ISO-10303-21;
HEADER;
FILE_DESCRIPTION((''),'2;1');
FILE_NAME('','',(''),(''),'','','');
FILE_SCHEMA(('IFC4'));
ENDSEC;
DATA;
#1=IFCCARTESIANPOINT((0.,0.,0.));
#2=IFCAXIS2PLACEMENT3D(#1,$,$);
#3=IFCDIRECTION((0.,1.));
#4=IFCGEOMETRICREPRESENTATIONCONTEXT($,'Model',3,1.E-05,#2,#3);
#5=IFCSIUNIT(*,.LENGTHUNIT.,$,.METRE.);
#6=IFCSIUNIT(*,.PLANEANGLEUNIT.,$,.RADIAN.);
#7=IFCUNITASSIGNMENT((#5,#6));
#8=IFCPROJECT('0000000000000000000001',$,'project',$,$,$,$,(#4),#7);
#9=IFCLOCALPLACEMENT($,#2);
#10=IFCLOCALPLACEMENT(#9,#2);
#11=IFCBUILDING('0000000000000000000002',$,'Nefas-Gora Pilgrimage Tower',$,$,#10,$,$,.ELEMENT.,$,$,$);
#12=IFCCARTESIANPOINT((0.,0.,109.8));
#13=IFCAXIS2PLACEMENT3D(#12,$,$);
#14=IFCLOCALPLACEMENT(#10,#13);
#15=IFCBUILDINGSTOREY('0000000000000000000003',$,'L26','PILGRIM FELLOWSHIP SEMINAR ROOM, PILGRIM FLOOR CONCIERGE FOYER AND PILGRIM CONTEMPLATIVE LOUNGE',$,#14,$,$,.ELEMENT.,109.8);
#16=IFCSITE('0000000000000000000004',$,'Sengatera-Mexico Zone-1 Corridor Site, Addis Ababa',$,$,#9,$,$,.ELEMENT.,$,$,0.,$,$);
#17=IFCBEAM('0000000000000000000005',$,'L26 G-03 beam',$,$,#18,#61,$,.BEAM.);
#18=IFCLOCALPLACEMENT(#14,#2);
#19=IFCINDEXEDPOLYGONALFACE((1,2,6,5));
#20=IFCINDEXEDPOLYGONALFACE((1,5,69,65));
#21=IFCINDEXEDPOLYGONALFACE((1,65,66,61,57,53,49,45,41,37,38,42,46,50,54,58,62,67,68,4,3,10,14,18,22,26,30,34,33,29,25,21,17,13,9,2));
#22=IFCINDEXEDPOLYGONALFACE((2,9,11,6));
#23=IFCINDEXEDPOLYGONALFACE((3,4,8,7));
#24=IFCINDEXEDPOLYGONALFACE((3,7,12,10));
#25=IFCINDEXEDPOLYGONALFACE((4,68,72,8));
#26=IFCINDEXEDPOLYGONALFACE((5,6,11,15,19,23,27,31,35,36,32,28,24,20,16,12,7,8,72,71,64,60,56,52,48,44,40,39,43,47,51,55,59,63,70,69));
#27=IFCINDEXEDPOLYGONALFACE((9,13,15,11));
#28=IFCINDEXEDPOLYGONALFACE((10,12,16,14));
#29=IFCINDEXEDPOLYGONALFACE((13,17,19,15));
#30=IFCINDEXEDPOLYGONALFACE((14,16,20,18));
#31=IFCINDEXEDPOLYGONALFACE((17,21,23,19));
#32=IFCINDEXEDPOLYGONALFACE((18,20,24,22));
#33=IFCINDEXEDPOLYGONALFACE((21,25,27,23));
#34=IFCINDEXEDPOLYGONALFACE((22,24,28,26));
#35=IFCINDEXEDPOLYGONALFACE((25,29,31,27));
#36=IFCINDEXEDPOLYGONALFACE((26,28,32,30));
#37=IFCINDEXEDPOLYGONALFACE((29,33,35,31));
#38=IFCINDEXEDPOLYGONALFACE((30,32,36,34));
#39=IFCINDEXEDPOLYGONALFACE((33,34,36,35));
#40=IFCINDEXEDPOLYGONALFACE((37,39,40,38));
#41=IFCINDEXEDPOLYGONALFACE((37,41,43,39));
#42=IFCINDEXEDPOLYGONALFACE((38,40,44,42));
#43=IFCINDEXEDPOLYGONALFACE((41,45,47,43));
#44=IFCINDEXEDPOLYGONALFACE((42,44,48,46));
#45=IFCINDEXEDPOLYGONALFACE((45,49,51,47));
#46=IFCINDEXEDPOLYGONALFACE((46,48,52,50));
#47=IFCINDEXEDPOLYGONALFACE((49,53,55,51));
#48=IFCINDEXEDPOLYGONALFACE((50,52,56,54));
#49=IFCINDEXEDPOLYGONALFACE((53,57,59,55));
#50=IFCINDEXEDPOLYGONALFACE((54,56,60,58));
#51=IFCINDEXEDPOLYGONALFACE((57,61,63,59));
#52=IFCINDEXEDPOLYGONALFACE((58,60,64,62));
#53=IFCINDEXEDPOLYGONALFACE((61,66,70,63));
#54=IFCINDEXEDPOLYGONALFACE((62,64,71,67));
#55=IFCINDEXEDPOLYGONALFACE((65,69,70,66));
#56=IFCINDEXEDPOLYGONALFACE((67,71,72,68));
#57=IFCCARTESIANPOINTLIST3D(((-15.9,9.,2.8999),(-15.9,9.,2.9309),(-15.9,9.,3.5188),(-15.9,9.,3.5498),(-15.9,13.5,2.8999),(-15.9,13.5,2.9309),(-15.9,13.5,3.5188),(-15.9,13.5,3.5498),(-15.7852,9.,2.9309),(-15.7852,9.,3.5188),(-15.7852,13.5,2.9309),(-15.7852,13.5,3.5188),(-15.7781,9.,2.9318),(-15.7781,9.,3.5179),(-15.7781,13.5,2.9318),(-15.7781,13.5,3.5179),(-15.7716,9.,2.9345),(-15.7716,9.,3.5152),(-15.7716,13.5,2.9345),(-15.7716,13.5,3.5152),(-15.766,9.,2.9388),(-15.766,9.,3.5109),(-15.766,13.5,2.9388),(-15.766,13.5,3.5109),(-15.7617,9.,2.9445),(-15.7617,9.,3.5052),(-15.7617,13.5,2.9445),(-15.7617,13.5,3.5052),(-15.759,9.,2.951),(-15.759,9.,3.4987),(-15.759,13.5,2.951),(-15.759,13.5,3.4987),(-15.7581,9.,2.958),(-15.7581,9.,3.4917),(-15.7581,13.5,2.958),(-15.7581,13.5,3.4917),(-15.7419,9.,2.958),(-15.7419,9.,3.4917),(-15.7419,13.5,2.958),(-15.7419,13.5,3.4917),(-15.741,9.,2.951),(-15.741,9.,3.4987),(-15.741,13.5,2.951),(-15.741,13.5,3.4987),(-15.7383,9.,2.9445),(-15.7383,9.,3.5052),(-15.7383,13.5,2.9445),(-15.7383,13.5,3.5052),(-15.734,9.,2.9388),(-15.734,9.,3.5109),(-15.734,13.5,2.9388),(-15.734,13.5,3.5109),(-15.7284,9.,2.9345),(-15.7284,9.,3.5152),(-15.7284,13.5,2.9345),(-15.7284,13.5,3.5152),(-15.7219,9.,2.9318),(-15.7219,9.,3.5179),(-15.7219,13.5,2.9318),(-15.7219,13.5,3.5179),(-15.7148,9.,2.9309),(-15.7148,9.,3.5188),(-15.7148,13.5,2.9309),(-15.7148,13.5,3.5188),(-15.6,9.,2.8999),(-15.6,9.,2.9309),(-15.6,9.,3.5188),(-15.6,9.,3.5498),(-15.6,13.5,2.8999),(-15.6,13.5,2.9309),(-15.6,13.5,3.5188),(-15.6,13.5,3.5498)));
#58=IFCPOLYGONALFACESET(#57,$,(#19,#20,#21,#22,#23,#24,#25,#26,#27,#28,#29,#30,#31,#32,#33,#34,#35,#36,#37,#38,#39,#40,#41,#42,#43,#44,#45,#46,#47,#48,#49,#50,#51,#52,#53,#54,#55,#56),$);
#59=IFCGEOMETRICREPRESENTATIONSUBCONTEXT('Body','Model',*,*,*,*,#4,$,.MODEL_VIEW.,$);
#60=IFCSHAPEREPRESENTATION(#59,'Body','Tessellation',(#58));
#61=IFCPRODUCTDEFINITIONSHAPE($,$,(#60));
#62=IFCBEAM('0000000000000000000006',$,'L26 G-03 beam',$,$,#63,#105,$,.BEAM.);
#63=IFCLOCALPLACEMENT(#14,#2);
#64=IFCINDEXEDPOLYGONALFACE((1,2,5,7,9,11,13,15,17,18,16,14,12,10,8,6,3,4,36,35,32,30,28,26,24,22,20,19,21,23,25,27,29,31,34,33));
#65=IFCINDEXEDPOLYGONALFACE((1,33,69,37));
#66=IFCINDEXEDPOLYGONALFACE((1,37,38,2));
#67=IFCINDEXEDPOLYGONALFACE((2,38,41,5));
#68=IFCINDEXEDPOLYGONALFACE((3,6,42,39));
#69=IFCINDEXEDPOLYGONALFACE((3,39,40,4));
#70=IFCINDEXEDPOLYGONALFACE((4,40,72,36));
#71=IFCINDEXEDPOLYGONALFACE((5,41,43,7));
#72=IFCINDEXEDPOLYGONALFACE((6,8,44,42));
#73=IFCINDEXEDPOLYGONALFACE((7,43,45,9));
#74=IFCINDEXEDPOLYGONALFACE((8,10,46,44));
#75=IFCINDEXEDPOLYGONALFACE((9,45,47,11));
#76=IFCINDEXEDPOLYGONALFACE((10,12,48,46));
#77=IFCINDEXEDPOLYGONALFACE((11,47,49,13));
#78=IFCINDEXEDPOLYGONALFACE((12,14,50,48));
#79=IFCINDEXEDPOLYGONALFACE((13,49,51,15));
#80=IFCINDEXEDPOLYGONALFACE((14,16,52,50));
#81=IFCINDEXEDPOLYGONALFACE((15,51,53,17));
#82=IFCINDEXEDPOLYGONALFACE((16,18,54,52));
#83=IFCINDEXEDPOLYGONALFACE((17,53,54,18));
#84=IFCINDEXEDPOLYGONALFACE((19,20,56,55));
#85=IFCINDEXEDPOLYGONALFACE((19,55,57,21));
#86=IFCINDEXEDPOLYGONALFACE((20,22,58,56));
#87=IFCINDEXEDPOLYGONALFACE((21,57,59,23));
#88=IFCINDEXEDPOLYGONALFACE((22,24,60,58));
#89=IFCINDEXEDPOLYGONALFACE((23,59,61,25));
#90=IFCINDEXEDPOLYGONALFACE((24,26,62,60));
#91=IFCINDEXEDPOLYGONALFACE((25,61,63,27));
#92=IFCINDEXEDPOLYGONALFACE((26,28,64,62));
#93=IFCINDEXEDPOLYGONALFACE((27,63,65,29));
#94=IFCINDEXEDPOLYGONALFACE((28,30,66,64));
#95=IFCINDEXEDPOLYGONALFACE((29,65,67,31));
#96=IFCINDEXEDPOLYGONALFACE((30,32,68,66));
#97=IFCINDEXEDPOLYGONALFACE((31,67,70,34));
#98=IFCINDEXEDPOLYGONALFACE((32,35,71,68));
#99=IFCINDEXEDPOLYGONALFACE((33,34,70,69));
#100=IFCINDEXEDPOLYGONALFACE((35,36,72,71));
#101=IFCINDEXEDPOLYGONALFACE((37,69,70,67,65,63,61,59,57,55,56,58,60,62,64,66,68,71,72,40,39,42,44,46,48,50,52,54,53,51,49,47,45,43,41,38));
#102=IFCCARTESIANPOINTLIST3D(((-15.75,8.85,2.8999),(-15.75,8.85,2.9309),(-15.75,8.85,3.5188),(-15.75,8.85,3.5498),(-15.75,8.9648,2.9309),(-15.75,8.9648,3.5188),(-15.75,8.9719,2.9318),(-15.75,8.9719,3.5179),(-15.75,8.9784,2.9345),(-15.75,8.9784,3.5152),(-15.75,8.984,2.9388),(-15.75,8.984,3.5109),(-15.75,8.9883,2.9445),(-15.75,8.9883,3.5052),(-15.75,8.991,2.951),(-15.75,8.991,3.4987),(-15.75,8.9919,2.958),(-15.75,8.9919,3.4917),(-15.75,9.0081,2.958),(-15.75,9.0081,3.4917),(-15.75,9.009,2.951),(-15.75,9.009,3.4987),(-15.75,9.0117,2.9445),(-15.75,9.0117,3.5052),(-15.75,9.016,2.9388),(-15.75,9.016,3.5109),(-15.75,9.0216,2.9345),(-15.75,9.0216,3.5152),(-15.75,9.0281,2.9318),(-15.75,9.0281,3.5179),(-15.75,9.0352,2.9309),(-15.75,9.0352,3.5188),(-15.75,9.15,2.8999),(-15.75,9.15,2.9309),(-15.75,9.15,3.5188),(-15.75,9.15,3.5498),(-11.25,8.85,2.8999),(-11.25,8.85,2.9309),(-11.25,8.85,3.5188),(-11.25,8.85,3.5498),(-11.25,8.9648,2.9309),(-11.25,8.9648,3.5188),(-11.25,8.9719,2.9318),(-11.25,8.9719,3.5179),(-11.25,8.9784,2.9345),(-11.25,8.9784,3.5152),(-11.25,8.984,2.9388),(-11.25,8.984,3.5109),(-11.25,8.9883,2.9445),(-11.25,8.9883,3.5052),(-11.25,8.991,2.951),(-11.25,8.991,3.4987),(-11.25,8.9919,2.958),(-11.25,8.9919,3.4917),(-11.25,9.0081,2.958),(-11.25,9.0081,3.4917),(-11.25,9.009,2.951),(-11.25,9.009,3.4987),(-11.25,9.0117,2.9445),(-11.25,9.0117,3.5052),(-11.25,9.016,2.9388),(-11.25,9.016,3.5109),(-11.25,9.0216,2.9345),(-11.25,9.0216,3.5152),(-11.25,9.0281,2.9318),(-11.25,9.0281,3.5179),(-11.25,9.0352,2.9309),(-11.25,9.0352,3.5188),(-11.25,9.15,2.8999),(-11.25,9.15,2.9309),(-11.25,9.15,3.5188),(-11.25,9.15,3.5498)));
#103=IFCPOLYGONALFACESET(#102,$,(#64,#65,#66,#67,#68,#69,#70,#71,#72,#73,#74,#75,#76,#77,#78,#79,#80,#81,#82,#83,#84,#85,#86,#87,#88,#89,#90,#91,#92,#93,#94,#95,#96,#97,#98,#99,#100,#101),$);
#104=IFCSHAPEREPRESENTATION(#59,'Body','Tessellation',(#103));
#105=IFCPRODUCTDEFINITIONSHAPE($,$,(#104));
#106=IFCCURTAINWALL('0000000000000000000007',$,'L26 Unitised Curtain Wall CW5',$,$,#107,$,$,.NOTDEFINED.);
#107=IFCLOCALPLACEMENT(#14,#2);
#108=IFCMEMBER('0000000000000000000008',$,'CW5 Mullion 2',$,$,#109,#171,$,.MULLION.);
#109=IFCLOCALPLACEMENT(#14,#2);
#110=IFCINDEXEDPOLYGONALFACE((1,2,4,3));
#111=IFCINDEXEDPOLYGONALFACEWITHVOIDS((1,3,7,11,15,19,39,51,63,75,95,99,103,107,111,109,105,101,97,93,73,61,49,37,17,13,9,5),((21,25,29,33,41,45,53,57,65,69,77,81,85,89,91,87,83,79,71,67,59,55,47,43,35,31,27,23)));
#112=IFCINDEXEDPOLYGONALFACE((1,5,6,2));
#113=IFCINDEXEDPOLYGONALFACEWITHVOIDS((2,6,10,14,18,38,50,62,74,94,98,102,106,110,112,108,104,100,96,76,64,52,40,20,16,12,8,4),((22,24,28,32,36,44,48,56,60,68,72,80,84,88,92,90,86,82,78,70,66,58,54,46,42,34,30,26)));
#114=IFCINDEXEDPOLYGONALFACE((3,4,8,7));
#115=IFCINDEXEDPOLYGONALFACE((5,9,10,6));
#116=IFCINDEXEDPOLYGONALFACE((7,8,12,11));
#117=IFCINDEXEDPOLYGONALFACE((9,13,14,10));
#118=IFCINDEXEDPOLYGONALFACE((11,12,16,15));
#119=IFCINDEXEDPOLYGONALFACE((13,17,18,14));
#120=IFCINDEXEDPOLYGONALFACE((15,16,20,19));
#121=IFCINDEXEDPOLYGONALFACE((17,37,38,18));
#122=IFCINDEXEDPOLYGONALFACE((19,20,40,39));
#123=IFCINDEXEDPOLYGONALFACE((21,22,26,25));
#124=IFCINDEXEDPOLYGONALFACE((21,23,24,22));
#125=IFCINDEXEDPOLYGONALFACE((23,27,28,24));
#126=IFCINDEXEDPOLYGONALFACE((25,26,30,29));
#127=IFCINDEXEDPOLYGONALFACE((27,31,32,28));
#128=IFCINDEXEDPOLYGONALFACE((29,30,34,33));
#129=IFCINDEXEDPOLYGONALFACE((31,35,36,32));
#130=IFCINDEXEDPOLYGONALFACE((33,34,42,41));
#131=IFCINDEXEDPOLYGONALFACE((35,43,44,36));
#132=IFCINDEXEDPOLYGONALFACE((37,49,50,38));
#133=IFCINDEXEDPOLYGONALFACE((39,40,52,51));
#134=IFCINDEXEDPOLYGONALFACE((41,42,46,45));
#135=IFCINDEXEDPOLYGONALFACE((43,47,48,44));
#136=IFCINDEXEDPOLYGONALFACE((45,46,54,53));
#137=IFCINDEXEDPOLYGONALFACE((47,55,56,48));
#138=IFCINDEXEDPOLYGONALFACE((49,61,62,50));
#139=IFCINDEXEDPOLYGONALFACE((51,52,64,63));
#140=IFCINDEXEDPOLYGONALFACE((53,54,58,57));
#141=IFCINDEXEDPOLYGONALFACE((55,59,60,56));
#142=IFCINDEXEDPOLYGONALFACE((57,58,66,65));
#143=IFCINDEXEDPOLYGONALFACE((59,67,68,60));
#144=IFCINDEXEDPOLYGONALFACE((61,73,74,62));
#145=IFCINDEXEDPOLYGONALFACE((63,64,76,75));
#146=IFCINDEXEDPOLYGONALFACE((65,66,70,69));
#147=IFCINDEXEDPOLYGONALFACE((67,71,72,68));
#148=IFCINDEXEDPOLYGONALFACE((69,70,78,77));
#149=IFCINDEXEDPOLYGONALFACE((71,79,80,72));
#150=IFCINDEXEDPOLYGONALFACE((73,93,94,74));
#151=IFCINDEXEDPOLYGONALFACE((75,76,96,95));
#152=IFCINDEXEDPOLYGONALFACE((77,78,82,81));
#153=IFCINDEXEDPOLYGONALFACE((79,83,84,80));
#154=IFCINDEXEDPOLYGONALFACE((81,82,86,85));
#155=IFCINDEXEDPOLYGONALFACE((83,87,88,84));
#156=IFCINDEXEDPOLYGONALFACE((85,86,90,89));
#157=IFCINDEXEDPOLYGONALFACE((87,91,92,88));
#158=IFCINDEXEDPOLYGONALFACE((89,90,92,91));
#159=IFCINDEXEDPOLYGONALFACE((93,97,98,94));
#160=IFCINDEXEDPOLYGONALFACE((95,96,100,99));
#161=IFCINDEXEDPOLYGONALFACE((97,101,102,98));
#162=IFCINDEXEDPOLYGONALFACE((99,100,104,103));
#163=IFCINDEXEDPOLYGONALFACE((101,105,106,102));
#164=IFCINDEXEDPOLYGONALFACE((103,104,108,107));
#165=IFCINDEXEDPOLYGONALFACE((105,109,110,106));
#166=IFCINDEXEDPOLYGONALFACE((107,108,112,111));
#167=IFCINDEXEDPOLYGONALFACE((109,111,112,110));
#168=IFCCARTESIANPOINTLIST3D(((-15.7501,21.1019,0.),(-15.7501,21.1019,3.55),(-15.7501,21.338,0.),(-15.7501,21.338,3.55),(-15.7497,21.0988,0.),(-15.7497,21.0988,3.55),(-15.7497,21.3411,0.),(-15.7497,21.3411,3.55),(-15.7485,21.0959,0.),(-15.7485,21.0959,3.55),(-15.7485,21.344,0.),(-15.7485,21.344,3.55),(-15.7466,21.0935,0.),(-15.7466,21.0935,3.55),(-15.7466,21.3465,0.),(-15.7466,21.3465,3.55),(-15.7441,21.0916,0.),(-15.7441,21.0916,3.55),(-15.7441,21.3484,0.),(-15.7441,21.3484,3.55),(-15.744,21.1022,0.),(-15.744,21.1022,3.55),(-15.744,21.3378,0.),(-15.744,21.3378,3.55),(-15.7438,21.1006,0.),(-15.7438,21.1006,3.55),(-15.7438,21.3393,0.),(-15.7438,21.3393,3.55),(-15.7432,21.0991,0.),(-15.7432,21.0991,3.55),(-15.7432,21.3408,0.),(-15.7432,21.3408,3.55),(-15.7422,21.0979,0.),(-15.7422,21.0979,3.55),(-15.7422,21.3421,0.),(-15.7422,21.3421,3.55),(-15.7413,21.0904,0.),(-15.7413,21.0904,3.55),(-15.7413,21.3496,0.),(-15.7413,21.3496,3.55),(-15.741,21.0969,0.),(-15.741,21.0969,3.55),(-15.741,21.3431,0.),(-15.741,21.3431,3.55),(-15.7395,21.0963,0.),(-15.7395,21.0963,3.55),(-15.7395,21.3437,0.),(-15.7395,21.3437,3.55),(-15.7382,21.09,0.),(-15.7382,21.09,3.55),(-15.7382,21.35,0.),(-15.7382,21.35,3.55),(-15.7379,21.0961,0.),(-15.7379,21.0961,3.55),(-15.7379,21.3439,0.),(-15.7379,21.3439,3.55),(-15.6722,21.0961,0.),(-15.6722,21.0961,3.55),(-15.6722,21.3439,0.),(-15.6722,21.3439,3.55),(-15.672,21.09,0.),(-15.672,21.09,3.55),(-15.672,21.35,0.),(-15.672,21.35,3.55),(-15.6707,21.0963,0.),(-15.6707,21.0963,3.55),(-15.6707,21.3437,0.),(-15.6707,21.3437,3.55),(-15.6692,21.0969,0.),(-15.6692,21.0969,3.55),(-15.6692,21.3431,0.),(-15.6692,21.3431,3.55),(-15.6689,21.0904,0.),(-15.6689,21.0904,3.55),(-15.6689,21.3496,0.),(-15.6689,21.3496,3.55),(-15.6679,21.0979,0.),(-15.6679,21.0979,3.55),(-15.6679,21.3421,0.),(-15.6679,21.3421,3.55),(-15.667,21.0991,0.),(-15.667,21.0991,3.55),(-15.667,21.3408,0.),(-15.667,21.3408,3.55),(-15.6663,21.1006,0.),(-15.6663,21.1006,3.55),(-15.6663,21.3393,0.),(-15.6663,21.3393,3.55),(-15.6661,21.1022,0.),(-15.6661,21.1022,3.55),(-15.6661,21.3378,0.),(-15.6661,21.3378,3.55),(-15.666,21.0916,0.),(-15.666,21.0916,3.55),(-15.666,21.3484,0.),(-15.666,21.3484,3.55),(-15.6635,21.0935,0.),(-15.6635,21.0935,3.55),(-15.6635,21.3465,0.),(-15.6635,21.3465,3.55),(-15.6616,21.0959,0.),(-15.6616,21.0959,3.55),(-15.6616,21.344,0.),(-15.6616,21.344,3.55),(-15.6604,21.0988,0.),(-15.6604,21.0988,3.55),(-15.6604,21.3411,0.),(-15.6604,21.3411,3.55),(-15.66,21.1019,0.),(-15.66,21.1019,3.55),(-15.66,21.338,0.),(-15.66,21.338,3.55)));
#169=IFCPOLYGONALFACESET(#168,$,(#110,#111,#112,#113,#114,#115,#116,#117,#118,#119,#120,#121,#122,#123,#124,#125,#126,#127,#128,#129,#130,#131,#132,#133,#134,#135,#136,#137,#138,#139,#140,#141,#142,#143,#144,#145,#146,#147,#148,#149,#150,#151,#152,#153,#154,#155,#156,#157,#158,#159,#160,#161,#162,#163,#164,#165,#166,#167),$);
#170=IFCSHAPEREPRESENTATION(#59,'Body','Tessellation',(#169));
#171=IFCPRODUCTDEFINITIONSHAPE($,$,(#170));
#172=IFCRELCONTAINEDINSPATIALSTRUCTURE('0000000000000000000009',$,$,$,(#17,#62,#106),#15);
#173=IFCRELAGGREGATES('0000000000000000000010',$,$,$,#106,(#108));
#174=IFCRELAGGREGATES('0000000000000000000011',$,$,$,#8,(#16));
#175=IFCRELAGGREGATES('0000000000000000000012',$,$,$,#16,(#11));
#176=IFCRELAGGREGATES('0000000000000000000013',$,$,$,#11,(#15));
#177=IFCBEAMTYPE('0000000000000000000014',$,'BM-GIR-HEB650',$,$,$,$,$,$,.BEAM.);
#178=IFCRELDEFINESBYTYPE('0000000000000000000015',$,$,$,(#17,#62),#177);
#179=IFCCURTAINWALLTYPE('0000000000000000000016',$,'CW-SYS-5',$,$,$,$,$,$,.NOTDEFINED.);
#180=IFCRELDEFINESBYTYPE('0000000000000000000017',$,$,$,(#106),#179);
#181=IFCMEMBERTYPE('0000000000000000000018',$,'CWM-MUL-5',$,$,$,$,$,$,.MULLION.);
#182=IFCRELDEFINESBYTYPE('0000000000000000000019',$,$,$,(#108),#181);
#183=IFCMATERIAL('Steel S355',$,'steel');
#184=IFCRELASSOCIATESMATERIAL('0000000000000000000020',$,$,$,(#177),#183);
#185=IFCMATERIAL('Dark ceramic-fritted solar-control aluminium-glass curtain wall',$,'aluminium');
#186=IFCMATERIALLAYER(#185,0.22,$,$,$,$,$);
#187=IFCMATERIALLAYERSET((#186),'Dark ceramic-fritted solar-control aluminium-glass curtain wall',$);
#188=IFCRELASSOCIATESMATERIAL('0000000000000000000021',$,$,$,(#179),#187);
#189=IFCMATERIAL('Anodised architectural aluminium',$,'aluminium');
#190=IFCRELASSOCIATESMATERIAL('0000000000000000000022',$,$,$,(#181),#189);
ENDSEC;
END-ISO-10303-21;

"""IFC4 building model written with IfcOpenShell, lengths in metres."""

from ifc_helpers import new_model, si_unit, direction, frame, origin, origin_2d, place, context, subcontext, project, spatial, hollow_rectangle, i_section, extrude, source, transform, mapped, material, layer, layer_set, material_profile, profile_set, type_object, element, aggregate, save


model = new_model("IFC4")

# Units and contexts
model_context = context("Model", 3, precision=1e-05, world=origin(), true_north=direction((0.0, 1.0)))
body_context = subcontext(model_context, "Body", "Model", "MODEL_VIEW")
ifc_project = project(units=[si_unit("LENGTHUNIT", "METRE"), si_unit("PLANEANGLEUNIT", "RADIAN")], contexts=[model_context])

# Site, building, storey
site_placement = place(None, origin())
site = spatial("IfcSite", under=ifc_project, at=site_placement, Name="Sengatera-Mexico Zone-1 Corridor Site, Addis Ababa", CompositionType="ELEMENT", RefElevation=0.0)
building_placement = place(site_placement, origin())
building = spatial("IfcBuilding", under=site, at=building_placement, Name="Nefas-Gora Pilgrimage Tower", CompositionType="ELEMENT")
storey_placement = place(building_placement, frame((0.0, 0.0, 109.8)))
storey = spatial("IfcBuildingStorey", under=building, at=storey_placement, Name="L26", Description="PILGRIM FELLOWSHIP SEMINAR ROOM, PILGRIM FLOOR CONCIERGE FOYER AND PILGRIM CONTEMPLATIVE LOUNGE", CompositionType="ELEMENT", Elevation=109.8)

# Beams
ifc_material_1 = material(Name="Steel S355", Category="steel")
ifc_material_profile_1 = material_profile(ifc_material_1, i_section(OverallWidth=0.3, OverallDepth=0.6499, WebThickness=0.0161, FlangeThickness=0.031, FilletRadius=0.0271, at=origin_2d()), Name="HEB 650")
ifc_profile_set_1 = profile_set([ifc_material_profile_1], Name="Steel S355")
beam_type_1 = type_object("IfcBeamType", Name="BM-GIR-HEB650", PredefinedType="BEAM", material=ifc_profile_set_1)
shared_shape_1 = source(origin(), body_context, "Body", "SweptSolid", [
    extrude(i_section(OverallWidth=0.3, OverallDepth=0.6499, WebThickness=0.0161, FlangeThickness=0.031, FilletRadius=0.0271, at=origin_2d()), origin(), (0.0, 0.0, 1.0), 4.5),
])
for number, where, z_axis, x_axis, name in (
    (1, (-15.75, 9.0, 3.2249), (0.0, 1.0, 0.0), (-1.0, 0.0, 0.0), "L26 G-03 beam"),
    (2, (-15.75, 9.0, 3.2249), (1.0, 0.0, 0.0), (0.0, 1.0, 0.0), "L26 G-03 beam"),
):
    element("IfcBeam", number, at=place(storey_placement, frame(where, z_axis=z_axis, x_axis=x_axis)), inside=storey, type_object=beam_type_1, Name=name, PredefinedType="BEAM", context=body_context, shape_type="MappedRepresentation", body=[
        mapped(shared_shape_1, transform((0.0, 0.0, 0.0), x_axis=(1.0, 0.0, 0.0), y_axis=(0.0, 1.0, 0.0), z_axis=(0.0, 0.0, 1.0), scale=1.0)),
    ])

# Curtain wall, member
ifc_material_2 = material(Name="Dark ceramic-fritted solar-control aluminium-glass curtain wall", Category="aluminium")
ifc_layer_1 = layer(ifc_material_2, 0.22)
ifc_layer_set_1 = layer_set([ifc_layer_1], Name="Dark ceramic-fritted solar-control aluminium-glass curtain wall")
curtain_wall_type_1 = type_object("IfcCurtainWallType", Name="CW-SYS-5", PredefinedType="NOTDEFINED", material=ifc_layer_set_1)
curtain_wall_1_placement = place(storey_placement, origin())
curtain_wall_1 = element("IfcCurtainWall", 3, at=curtain_wall_1_placement, inside=storey, type_object=curtain_wall_type_1, Name="L26 Unitised Curtain Wall CW5", PredefinedType="NOTDEFINED")
ifc_material_3 = material(Name="Anodised architectural aluminium", Category="aluminium")
ifc_material_profile_2 = material_profile(ifc_material_3, hollow_rectangle(XDim=0.0901, YDim=0.26, WallThickness=0.0061, InnerFilletRadius=0.0061, OuterFilletRadius=0.012, at=origin_2d()), Name="ALU MULLION 90x260")
ifc_profile_set_2 = profile_set([ifc_material_profile_2], Name="Anodised architectural aluminium")
member_type_1 = type_object("IfcMemberType", Name="CWM-MUL-5", PredefinedType="MULLION", material=ifc_profile_set_2)
shared_shape_2 = source(origin(), body_context, "Body", "SweptSolid", [
    extrude(hollow_rectangle(XDim=0.0901, YDim=0.26, WallThickness=0.0061, InnerFilletRadius=0.0061, OuterFilletRadius=0.012, at=origin_2d()), origin(), (0.0, 0.0, 1.0), 3.55),
])
member_1_placement = place(storey_placement, frame((-15.7051, 21.22, 0.0), z_axis=(0.0, 0.0, 1.0), x_axis=(-1.0, 0.0, 0.0)))
member_1 = element("IfcMember", 4, at=member_1_placement, type_object=member_type_1, Name="CW5 Mullion 2", PredefinedType="MULLION", context=body_context, shape_type="MappedRepresentation", body=[
    mapped(shared_shape_2, transform((0.0, 0.0, 0.0), x_axis=(1.0, 0.0, 0.0), y_axis=(0.0, 1.0, 0.0), z_axis=(0.0, 0.0, 1.0), scale=1.0)),
])

aggregate(curtain_wall_1, [member_1])

save(model, "model.ifc")
